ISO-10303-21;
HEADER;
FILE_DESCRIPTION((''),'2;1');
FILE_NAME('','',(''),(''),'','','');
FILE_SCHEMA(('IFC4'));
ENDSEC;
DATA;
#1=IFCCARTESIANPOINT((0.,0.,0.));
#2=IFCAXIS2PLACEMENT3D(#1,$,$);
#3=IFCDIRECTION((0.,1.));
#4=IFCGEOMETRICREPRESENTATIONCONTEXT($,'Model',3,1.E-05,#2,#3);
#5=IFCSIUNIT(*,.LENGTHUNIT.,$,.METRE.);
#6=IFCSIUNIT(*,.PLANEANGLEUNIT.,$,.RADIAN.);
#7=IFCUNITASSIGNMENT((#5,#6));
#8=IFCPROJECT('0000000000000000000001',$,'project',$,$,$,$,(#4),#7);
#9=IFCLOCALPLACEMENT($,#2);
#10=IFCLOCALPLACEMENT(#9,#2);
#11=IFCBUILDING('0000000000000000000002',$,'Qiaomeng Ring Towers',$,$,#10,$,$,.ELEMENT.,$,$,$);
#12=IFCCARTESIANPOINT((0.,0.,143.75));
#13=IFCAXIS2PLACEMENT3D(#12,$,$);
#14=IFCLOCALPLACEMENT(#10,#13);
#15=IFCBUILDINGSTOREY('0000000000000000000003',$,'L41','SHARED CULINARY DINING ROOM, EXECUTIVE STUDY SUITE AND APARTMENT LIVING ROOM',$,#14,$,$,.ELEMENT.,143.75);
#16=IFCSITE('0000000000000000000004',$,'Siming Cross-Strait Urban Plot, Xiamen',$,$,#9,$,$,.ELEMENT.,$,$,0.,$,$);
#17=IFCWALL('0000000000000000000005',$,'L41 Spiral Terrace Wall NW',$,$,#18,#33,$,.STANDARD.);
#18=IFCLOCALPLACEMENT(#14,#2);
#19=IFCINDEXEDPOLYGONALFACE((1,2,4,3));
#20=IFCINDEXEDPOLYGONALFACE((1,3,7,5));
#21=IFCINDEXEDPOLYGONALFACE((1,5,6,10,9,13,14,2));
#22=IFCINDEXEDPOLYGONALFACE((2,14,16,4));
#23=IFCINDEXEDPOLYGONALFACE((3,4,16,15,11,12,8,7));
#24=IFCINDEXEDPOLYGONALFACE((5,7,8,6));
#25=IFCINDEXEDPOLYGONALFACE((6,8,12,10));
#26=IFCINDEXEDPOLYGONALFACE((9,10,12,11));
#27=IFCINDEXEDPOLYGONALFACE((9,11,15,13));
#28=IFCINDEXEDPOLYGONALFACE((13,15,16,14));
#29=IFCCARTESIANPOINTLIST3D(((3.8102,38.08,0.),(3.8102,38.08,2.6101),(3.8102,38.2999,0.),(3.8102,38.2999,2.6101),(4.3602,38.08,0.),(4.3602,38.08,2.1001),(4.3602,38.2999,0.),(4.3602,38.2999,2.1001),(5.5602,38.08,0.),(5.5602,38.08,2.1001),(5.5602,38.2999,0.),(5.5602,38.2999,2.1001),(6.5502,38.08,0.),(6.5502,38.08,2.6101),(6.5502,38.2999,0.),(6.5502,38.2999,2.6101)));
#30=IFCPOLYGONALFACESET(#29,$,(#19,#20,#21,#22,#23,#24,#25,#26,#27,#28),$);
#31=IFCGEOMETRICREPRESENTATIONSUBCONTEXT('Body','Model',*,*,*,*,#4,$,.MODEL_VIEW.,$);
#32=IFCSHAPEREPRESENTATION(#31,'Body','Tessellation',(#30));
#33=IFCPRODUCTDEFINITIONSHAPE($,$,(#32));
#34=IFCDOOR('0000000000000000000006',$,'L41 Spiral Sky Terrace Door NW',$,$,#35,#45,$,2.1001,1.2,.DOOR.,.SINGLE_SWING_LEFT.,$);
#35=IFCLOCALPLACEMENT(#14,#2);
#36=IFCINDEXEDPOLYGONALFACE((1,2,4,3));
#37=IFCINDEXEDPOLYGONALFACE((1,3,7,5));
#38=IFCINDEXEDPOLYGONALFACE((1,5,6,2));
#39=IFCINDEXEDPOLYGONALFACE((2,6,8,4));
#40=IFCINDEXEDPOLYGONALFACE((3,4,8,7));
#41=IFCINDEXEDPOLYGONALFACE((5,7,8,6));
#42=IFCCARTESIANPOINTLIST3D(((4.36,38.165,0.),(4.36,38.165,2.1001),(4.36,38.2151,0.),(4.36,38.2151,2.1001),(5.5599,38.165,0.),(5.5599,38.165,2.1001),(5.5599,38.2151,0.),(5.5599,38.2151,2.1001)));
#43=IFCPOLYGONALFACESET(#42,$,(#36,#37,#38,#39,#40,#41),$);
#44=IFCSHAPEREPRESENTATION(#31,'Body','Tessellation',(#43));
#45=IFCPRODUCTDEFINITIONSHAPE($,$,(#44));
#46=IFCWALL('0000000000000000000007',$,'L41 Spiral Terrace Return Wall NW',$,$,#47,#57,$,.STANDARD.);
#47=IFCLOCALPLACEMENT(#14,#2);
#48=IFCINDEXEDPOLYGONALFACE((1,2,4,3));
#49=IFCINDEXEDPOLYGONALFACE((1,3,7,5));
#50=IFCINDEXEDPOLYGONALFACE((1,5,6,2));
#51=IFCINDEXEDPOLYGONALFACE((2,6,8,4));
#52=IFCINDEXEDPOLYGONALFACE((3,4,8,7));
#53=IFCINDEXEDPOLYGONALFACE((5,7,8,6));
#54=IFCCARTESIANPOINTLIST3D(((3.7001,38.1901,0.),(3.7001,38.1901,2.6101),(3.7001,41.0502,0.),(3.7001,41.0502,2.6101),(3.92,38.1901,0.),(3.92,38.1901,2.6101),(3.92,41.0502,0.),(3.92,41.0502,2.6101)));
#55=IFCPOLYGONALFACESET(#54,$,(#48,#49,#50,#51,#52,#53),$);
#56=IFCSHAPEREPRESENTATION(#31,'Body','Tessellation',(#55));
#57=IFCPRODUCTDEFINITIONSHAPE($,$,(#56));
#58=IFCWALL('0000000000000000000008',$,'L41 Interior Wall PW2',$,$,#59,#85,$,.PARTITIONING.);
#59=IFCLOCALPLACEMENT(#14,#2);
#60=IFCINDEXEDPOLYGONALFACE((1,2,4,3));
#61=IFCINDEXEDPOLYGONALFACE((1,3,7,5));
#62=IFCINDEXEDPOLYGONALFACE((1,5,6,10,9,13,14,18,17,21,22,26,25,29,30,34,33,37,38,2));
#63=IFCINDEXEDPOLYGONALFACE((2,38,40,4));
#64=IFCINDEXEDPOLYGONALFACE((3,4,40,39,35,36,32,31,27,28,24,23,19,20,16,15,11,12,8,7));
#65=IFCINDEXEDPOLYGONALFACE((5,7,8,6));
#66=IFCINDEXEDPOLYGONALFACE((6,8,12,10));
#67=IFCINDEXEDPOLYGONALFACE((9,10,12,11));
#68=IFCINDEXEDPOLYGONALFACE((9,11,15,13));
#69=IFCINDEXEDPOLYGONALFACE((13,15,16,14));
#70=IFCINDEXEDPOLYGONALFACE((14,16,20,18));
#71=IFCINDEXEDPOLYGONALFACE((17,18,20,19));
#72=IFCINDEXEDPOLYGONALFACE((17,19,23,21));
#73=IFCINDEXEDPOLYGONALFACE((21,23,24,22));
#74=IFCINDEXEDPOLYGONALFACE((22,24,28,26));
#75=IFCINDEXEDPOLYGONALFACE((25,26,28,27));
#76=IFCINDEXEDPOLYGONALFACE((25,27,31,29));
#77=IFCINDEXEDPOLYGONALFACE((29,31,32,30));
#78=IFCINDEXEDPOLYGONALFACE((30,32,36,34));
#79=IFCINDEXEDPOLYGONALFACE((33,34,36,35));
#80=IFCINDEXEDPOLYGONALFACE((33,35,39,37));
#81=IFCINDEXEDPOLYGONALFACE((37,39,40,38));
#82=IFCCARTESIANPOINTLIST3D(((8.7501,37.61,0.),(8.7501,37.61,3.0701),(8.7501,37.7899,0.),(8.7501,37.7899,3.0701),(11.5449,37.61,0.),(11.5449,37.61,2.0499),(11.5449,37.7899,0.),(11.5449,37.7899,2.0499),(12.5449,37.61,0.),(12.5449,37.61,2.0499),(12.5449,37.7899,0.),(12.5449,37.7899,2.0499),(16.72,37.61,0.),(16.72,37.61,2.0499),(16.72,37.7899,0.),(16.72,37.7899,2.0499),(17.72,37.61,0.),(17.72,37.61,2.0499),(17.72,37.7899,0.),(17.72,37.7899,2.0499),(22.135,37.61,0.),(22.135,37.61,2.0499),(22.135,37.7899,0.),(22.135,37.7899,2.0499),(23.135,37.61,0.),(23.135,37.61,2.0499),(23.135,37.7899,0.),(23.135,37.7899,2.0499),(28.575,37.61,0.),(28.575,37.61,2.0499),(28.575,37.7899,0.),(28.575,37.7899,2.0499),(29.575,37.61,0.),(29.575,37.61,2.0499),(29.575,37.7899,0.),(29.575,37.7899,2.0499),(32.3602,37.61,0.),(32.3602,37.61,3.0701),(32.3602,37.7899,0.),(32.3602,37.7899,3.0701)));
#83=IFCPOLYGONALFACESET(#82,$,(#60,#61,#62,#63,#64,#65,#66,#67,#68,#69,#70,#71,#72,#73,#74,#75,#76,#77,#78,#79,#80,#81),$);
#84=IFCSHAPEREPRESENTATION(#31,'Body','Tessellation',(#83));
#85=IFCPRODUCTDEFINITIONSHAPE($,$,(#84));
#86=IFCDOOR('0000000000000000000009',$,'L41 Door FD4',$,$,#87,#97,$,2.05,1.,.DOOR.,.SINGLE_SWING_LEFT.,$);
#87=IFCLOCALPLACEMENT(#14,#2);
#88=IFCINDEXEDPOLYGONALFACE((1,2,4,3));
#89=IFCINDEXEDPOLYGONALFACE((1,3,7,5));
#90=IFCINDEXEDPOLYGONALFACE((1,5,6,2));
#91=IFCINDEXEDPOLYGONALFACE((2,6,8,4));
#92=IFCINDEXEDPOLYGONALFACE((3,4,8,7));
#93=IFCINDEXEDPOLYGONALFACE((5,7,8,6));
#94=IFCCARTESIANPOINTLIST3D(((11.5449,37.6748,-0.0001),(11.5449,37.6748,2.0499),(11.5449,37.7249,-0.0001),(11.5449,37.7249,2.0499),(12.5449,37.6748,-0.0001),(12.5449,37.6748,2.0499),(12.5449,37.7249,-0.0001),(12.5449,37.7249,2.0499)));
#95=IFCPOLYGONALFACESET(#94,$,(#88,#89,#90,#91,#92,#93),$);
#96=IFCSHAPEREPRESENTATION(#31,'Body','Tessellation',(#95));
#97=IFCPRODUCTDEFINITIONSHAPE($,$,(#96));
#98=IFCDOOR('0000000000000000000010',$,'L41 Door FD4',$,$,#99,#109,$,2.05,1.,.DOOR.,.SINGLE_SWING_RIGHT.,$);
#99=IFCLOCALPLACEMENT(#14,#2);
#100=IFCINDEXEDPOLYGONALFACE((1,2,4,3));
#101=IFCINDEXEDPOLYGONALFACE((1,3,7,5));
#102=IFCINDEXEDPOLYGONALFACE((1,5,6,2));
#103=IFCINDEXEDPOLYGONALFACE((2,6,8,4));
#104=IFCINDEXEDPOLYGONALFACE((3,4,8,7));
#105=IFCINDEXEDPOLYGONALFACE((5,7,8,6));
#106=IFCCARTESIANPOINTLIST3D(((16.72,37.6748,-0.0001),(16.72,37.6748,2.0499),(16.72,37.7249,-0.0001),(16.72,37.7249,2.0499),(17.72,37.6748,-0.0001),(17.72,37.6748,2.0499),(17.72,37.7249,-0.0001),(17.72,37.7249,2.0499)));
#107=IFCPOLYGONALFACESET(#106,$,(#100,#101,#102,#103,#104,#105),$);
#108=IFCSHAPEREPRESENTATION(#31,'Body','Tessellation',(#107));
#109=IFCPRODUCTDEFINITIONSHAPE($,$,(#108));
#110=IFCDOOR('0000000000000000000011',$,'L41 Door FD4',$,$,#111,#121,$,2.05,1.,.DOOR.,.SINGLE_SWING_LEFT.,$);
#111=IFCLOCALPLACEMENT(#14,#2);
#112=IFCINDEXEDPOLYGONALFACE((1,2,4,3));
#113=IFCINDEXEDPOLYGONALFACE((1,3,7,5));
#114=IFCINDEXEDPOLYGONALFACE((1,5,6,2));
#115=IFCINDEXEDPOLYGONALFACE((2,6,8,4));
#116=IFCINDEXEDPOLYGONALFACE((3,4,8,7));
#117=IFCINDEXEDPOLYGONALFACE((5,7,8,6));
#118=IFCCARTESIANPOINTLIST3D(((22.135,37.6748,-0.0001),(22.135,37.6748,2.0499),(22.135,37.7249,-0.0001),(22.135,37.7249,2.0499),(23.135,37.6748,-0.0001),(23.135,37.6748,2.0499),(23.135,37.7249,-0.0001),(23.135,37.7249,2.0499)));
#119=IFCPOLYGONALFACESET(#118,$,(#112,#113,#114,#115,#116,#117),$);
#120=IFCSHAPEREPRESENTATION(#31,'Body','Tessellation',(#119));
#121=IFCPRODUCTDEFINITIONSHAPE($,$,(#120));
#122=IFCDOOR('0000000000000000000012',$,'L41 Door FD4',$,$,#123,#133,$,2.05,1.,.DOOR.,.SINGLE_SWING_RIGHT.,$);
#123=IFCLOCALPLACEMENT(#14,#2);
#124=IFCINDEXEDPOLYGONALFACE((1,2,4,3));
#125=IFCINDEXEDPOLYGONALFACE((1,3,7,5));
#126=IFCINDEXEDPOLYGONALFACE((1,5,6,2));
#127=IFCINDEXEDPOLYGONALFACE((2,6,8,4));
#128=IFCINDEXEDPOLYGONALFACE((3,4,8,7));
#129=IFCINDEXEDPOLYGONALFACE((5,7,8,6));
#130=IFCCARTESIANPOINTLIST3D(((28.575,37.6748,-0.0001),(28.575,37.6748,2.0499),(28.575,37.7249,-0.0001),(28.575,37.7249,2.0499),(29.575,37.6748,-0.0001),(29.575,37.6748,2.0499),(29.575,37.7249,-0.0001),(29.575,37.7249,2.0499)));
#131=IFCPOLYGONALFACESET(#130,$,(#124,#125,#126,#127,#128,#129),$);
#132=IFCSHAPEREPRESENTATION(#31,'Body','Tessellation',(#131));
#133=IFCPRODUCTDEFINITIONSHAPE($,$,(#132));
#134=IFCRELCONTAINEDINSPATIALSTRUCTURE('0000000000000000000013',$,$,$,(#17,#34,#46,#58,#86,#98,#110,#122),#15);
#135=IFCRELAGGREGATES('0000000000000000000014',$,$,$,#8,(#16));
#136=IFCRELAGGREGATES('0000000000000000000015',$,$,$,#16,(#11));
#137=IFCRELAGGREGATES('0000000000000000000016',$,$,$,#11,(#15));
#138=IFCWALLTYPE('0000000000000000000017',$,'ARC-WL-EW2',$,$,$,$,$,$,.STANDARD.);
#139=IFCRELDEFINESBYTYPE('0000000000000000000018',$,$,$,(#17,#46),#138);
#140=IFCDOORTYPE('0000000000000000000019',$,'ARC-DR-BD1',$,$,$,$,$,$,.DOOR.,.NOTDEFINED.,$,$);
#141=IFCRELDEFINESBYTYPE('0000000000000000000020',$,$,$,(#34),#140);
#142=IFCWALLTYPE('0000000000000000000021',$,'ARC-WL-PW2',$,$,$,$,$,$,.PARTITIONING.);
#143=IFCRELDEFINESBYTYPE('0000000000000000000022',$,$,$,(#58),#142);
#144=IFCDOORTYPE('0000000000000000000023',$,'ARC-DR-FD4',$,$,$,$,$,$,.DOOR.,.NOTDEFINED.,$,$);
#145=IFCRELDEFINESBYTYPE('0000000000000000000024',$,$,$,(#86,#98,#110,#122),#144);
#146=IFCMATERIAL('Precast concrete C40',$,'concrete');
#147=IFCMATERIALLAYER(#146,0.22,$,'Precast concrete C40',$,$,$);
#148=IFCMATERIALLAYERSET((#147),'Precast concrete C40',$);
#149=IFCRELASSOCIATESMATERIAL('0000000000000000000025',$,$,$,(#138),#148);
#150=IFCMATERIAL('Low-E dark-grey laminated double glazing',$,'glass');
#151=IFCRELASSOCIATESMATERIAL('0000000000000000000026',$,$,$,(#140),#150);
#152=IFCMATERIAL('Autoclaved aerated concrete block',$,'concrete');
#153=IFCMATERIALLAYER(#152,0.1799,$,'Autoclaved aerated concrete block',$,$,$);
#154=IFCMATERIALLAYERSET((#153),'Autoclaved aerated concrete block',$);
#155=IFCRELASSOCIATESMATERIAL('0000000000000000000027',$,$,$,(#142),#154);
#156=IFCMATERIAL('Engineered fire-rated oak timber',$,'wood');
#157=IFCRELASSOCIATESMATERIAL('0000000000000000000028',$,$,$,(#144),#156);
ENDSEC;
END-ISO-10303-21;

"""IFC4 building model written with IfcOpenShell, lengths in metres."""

from ifc_helpers import new_model, si_unit, direction, frame, frame_2d, origin, place, context, subcontext, project, spatial, rectangle, extrude, source, transform, mapped, material, layer, layer_set, type_object, element, fill, save


model = new_model("IFC4")

# Units and contexts
model_context = context("Model", 3, precision=1e-05, world=origin(), true_north=direction((0.0, 1.0)))
body_context = subcontext(model_context, "Body", "Model", "MODEL_VIEW")
ifc_project = project(units=[si_unit("LENGTHUNIT", "METRE"), si_unit("PLANEANGLEUNIT", "RADIAN")], contexts=[model_context])

# Site, building, storey
site_placement = place(None, origin())
site = spatial("IfcSite", under=ifc_project, at=site_placement, Name="Siming Cross-Strait Urban Plot, Xiamen", CompositionType="ELEMENT", RefElevation=0.0)
building_placement = place(site_placement, origin())
building = spatial("IfcBuilding", under=site, at=building_placement, Name="Qiaomeng Ring Towers", CompositionType="ELEMENT")
storey_placement = place(building_placement, frame((0.0, 0.0, 143.75)))
storey = spatial("IfcBuildingStorey", under=building, at=storey_placement, Name="L41", Description="SHARED CULINARY DINING ROOM, EXECUTIVE STUDY SUITE AND APARTMENT LIVING ROOM", CompositionType="ELEMENT", Elevation=143.75)

# Shared definitions
ifc_material_1 = material(Name="Precast concrete C40", Category="concrete")
ifc_layer_1 = layer(ifc_material_1, 0.22, Name="Precast concrete C40")
ifc_layer_set_1 = layer_set([ifc_layer_1], Name="Precast concrete C40")
wall_type_1 = type_object("IfcWallType", Name="ARC-WL-EW2", PredefinedType="STANDARD", material=ifc_layer_set_1)
ifc_material_2 = material(Name="Low-E dark-grey laminated double glazing", Category="glass")
door_type_1 = type_object("IfcDoorType", Name="ARC-DR-BD1", OperationType="NOTDEFINED", PredefinedType="DOOR", material=ifc_material_2)
shared_shape_1 = source(origin(), body_context, "Body", "SweptSolid", [
    extrude(rectangle(XDim=1.2, YDim=2.1001, at=frame_2d((0.6001, 1.05))), frame((0.0, 0.0249, 0.0), z_axis=(0.0, -1.0, 0.0), x_axis=(1.0, 0.0, 0.0)), (0.0, 0.0, 1.0), 0.05),
])

# Wall, opening, door
wall_1_placement = place(storey_placement, frame((3.8101, 38.1899, 0.0), z_axis=(0.0, 0.0, 1.0), x_axis=(1.0, 0.0, 0.0)))
wall_1 = element("IfcWall", 1, at=wall_1_placement, inside=storey, type_object=wall_type_1, Name="L41 Spiral Terrace Wall NW", PredefinedType="STANDARD", context=body_context, shape_type="SweptSolid", body=[
    extrude(rectangle(XDim=2.74, YDim=0.22, at=frame_2d((1.3701, 0.0))), origin(), (0.0, 0.0, 1.0), 2.6101),
])
opening_1_placement = place(wall_1_placement, frame((0.55, 0.0, 0.0)))
opening_1 = element("IfcOpeningElement", 2, at=opening_1_placement, cuts=wall_1, PredefinedType="OPENING", context=body_context, shape_type="SweptSolid", body=[
    extrude(rectangle(XDim=1.2, YDim=2.1001, at=frame_2d((0.6001, 1.05))), frame((0.0, 0.1199, 0.0), z_axis=(0.0, -1.0, 0.0), x_axis=(1.0, 0.0, 0.0)), (0.0, 0.0, 1.0), 0.24),
])
door_1_placement = place(opening_1_placement, frame((1.2, 0.0, 0.0), z_axis=(0.0, 0.0, 1.0), x_axis=(-1.0, 0.0, 0.0)))
door_1 = element("IfcDoor", 3, at=door_1_placement, inside=storey, type_object=door_type_1, Name="L41 Spiral Sky Terrace Door NW", OperationType="SINGLE_SWING_LEFT", OverallHeight=2.1001, OverallWidth=1.2, PredefinedType="DOOR", context=body_context, shape_type="MappedRepresentation", body=[
    mapped(shared_shape_1, transform((0.0, 0.0, 0.0), x_axis=(1.0, 0.0, 0.0), y_axis=(0.0, 1.0, 0.0), z_axis=(0.0, 0.0, 1.0), scale=1.0)),
])
fill(opening_1, door_1)

# Wall
wall_2_placement = place(storey_placement, frame((3.8101, 38.1899, 0.0), z_axis=(0.0, 0.0, 1.0), x_axis=(0.0, 1.0, 0.0)))
element("IfcWall", 4, at=wall_2_placement, inside=storey, type_object=wall_type_1, Name="L41 Spiral Terrace Return Wall NW", PredefinedType="STANDARD", context=body_context, shape_type="SweptSolid", body=[
    extrude(rectangle(XDim=2.8601, YDim=0.22, at=frame_2d((1.4302, 0.0))), origin(), (0.0, 0.0, 1.0), 2.6101),
])

# Wall, openings, doors
ifc_material_3 = material(Name="Autoclaved aerated concrete block", Category="concrete")
ifc_layer_2 = layer(ifc_material_3, 0.1799, Name="Autoclaved aerated concrete block")
ifc_layer_set_2 = layer_set([ifc_layer_2], Name="Autoclaved aerated concrete block")
wall_type_2 = type_object("IfcWallType", Name="ARC-WL-PW2", PredefinedType="PARTITIONING", material=ifc_layer_set_2)
wall_3_placement = place(storey_placement, frame((8.75, 37.7, 0.0), z_axis=(0.0, 0.0, 1.0), x_axis=(1.0, 0.0, 0.0)))
wall_3 = element("IfcWall", 5, at=wall_3_placement, inside=storey, type_object=wall_type_2, Name="L41 Interior Wall PW2", PredefinedType="PARTITIONING", context=body_context, shape_type="SweptSolid", body=[
    extrude(rectangle(XDim=23.6101, YDim=0.1799, at=frame_2d((11.8052, 0.0))), origin(), (0.0, 0.0, 1.0), 3.0701),
])
opening_2_placement = place(wall_3_placement, frame((2.7949, 0.0, 0.0)))
opening_2 = element("IfcOpeningElement", 6, at=opening_2_placement, cuts=wall_3, PredefinedType="OPENING", context=body_context, shape_type="SweptSolid", body=[
    extrude(rectangle(XDim=1.0, YDim=2.05, at=frame_2d((0.5, 1.0249))), frame((0.0, 0.0999, 0.0), z_axis=(0.0, -1.0, 0.0), x_axis=(1.0, 0.0, 0.0)), (0.0, 0.0, 1.0), 0.2),
])
opening_3_placement = place(wall_3_placement, frame((7.97, 0.0, 0.0)))
opening_3 = element("IfcOpeningElement", 7, at=opening_3_placement, cuts=wall_3, PredefinedType="OPENING", context=body_context, shape_type="SweptSolid", body=[
    extrude(rectangle(XDim=1.0, YDim=2.05, at=frame_2d((0.5, 1.0249))), frame((0.0, 0.0999, 0.0), z_axis=(0.0, -1.0, 0.0), x_axis=(1.0, 0.0, 0.0)), (0.0, 0.0, 1.0), 0.2),
])
opening_4_placement = place(wall_3_placement, frame((13.385, 0.0, 0.0)))
opening_4 = element("IfcOpeningElement", 8, at=opening_4_placement, cuts=wall_3, PredefinedType="OPENING", context=body_context, shape_type="SweptSolid", body=[
    extrude(rectangle(XDim=1.0, YDim=2.05, at=frame_2d((0.5, 1.0249))), frame((0.0, 0.0999, 0.0), z_axis=(0.0, -1.0, 0.0), x_axis=(1.0, 0.0, 0.0)), (0.0, 0.0, 1.0), 0.2),
])
opening_5_placement = place(wall_3_placement, frame((19.825, 0.0, 0.0)))
opening_5 = element("IfcOpeningElement", 9, at=opening_5_placement, cuts=wall_3, PredefinedType="OPENING", context=body_context, shape_type="SweptSolid", body=[
    extrude(rectangle(XDim=1.0, YDim=2.05, at=frame_2d((0.5, 1.0249))), frame((0.0, 0.0999, 0.0), z_axis=(0.0, -1.0, 0.0), x_axis=(1.0, 0.0, 0.0)), (0.0, 0.0, 1.0), 0.2),
])
ifc_material_4 = material(Name="Engineered fire-rated oak timber", Category="wood")
door_type_2 = type_object("IfcDoorType", Name="ARC-DR-FD4", OperationType="NOTDEFINED", PredefinedType="DOOR", material=ifc_material_4)
shared_shape_2 = source(origin(), body_context, "Body", "SweptSolid", [
    extrude(rectangle(XDim=1.0, YDim=2.05, at=frame_2d((0.5, 1.0249))), frame((0.0, 0.0249, 0.0), z_axis=(0.0, -1.0, 0.0), x_axis=(1.0, 0.0, 0.0)), (0.0, 0.0, 1.0), 0.05),
])
door_2_placement = place(opening_2_placement, origin())
door_2 = element("IfcDoor", 10, at=door_2_placement, inside=storey, type_object=door_type_2, Name="L41 Door FD4", OperationType="SINGLE_SWING_LEFT", OverallHeight=2.05, OverallWidth=1.0, PredefinedType="DOOR", context=body_context, shape_type="MappedRepresentation", body=[
    mapped(shared_shape_2, transform((0.0, 0.0, 0.0), x_axis=(1.0, 0.0, 0.0), y_axis=(0.0, 1.0, 0.0), z_axis=(0.0, 0.0, 1.0), scale=1.0)),
])
fill(opening_2, door_2)
door_3_placement = place(opening_3_placement, origin())
door_3 = element("IfcDoor", 11, at=door_3_placement, inside=storey, type_object=door_type_2, Name="L41 Door FD4", OperationType="SINGLE_SWING_RIGHT", OverallHeight=2.05, OverallWidth=1.0, PredefinedType="DOOR", context=body_context, shape_type="MappedRepresentation", body=[
    mapped(shared_shape_2, transform((0.0, 0.0, 0.0), x_axis=(1.0, 0.0, 0.0), y_axis=(0.0, 1.0, 0.0), z_axis=(0.0, 0.0, 1.0), scale=1.0)),
])
fill(opening_3, door_3)
door_4_placement = place(opening_4_placement, origin())
door_4 = element("IfcDoor", 12, at=door_4_placement, inside=storey, type_object=door_type_2, Name="L41 Door FD4", OperationType="SINGLE_SWING_LEFT", OverallHeight=2.05, OverallWidth=1.0, PredefinedType="DOOR", context=body_context, shape_type="MappedRepresentation", body=[
    mapped(shared_shape_2, transform((0.0, 0.0, 0.0), x_axis=(1.0, 0.0, 0.0), y_axis=(0.0, 1.0, 0.0), z_axis=(0.0, 0.0, 1.0), scale=1.0)),
])
fill(opening_4, door_4)
door_5_placement = place(opening_5_placement, origin())
door_5 = element("IfcDoor", 13, at=door_5_placement, inside=storey, type_object=door_type_2, Name="L41 Door FD4", OperationType="SINGLE_SWING_RIGHT", OverallHeight=2.05, OverallWidth=1.0, PredefinedType="DOOR", context=body_context, shape_type="MappedRepresentation", body=[
    mapped(shared_shape_2, transform((0.0, 0.0, 0.0), x_axis=(1.0, 0.0, 0.0), y_axis=(0.0, 1.0, 0.0), z_axis=(0.0, 0.0, 1.0), scale=1.0)),
])
fill(opening_5, door_5)

save(model, "model.ifc")
